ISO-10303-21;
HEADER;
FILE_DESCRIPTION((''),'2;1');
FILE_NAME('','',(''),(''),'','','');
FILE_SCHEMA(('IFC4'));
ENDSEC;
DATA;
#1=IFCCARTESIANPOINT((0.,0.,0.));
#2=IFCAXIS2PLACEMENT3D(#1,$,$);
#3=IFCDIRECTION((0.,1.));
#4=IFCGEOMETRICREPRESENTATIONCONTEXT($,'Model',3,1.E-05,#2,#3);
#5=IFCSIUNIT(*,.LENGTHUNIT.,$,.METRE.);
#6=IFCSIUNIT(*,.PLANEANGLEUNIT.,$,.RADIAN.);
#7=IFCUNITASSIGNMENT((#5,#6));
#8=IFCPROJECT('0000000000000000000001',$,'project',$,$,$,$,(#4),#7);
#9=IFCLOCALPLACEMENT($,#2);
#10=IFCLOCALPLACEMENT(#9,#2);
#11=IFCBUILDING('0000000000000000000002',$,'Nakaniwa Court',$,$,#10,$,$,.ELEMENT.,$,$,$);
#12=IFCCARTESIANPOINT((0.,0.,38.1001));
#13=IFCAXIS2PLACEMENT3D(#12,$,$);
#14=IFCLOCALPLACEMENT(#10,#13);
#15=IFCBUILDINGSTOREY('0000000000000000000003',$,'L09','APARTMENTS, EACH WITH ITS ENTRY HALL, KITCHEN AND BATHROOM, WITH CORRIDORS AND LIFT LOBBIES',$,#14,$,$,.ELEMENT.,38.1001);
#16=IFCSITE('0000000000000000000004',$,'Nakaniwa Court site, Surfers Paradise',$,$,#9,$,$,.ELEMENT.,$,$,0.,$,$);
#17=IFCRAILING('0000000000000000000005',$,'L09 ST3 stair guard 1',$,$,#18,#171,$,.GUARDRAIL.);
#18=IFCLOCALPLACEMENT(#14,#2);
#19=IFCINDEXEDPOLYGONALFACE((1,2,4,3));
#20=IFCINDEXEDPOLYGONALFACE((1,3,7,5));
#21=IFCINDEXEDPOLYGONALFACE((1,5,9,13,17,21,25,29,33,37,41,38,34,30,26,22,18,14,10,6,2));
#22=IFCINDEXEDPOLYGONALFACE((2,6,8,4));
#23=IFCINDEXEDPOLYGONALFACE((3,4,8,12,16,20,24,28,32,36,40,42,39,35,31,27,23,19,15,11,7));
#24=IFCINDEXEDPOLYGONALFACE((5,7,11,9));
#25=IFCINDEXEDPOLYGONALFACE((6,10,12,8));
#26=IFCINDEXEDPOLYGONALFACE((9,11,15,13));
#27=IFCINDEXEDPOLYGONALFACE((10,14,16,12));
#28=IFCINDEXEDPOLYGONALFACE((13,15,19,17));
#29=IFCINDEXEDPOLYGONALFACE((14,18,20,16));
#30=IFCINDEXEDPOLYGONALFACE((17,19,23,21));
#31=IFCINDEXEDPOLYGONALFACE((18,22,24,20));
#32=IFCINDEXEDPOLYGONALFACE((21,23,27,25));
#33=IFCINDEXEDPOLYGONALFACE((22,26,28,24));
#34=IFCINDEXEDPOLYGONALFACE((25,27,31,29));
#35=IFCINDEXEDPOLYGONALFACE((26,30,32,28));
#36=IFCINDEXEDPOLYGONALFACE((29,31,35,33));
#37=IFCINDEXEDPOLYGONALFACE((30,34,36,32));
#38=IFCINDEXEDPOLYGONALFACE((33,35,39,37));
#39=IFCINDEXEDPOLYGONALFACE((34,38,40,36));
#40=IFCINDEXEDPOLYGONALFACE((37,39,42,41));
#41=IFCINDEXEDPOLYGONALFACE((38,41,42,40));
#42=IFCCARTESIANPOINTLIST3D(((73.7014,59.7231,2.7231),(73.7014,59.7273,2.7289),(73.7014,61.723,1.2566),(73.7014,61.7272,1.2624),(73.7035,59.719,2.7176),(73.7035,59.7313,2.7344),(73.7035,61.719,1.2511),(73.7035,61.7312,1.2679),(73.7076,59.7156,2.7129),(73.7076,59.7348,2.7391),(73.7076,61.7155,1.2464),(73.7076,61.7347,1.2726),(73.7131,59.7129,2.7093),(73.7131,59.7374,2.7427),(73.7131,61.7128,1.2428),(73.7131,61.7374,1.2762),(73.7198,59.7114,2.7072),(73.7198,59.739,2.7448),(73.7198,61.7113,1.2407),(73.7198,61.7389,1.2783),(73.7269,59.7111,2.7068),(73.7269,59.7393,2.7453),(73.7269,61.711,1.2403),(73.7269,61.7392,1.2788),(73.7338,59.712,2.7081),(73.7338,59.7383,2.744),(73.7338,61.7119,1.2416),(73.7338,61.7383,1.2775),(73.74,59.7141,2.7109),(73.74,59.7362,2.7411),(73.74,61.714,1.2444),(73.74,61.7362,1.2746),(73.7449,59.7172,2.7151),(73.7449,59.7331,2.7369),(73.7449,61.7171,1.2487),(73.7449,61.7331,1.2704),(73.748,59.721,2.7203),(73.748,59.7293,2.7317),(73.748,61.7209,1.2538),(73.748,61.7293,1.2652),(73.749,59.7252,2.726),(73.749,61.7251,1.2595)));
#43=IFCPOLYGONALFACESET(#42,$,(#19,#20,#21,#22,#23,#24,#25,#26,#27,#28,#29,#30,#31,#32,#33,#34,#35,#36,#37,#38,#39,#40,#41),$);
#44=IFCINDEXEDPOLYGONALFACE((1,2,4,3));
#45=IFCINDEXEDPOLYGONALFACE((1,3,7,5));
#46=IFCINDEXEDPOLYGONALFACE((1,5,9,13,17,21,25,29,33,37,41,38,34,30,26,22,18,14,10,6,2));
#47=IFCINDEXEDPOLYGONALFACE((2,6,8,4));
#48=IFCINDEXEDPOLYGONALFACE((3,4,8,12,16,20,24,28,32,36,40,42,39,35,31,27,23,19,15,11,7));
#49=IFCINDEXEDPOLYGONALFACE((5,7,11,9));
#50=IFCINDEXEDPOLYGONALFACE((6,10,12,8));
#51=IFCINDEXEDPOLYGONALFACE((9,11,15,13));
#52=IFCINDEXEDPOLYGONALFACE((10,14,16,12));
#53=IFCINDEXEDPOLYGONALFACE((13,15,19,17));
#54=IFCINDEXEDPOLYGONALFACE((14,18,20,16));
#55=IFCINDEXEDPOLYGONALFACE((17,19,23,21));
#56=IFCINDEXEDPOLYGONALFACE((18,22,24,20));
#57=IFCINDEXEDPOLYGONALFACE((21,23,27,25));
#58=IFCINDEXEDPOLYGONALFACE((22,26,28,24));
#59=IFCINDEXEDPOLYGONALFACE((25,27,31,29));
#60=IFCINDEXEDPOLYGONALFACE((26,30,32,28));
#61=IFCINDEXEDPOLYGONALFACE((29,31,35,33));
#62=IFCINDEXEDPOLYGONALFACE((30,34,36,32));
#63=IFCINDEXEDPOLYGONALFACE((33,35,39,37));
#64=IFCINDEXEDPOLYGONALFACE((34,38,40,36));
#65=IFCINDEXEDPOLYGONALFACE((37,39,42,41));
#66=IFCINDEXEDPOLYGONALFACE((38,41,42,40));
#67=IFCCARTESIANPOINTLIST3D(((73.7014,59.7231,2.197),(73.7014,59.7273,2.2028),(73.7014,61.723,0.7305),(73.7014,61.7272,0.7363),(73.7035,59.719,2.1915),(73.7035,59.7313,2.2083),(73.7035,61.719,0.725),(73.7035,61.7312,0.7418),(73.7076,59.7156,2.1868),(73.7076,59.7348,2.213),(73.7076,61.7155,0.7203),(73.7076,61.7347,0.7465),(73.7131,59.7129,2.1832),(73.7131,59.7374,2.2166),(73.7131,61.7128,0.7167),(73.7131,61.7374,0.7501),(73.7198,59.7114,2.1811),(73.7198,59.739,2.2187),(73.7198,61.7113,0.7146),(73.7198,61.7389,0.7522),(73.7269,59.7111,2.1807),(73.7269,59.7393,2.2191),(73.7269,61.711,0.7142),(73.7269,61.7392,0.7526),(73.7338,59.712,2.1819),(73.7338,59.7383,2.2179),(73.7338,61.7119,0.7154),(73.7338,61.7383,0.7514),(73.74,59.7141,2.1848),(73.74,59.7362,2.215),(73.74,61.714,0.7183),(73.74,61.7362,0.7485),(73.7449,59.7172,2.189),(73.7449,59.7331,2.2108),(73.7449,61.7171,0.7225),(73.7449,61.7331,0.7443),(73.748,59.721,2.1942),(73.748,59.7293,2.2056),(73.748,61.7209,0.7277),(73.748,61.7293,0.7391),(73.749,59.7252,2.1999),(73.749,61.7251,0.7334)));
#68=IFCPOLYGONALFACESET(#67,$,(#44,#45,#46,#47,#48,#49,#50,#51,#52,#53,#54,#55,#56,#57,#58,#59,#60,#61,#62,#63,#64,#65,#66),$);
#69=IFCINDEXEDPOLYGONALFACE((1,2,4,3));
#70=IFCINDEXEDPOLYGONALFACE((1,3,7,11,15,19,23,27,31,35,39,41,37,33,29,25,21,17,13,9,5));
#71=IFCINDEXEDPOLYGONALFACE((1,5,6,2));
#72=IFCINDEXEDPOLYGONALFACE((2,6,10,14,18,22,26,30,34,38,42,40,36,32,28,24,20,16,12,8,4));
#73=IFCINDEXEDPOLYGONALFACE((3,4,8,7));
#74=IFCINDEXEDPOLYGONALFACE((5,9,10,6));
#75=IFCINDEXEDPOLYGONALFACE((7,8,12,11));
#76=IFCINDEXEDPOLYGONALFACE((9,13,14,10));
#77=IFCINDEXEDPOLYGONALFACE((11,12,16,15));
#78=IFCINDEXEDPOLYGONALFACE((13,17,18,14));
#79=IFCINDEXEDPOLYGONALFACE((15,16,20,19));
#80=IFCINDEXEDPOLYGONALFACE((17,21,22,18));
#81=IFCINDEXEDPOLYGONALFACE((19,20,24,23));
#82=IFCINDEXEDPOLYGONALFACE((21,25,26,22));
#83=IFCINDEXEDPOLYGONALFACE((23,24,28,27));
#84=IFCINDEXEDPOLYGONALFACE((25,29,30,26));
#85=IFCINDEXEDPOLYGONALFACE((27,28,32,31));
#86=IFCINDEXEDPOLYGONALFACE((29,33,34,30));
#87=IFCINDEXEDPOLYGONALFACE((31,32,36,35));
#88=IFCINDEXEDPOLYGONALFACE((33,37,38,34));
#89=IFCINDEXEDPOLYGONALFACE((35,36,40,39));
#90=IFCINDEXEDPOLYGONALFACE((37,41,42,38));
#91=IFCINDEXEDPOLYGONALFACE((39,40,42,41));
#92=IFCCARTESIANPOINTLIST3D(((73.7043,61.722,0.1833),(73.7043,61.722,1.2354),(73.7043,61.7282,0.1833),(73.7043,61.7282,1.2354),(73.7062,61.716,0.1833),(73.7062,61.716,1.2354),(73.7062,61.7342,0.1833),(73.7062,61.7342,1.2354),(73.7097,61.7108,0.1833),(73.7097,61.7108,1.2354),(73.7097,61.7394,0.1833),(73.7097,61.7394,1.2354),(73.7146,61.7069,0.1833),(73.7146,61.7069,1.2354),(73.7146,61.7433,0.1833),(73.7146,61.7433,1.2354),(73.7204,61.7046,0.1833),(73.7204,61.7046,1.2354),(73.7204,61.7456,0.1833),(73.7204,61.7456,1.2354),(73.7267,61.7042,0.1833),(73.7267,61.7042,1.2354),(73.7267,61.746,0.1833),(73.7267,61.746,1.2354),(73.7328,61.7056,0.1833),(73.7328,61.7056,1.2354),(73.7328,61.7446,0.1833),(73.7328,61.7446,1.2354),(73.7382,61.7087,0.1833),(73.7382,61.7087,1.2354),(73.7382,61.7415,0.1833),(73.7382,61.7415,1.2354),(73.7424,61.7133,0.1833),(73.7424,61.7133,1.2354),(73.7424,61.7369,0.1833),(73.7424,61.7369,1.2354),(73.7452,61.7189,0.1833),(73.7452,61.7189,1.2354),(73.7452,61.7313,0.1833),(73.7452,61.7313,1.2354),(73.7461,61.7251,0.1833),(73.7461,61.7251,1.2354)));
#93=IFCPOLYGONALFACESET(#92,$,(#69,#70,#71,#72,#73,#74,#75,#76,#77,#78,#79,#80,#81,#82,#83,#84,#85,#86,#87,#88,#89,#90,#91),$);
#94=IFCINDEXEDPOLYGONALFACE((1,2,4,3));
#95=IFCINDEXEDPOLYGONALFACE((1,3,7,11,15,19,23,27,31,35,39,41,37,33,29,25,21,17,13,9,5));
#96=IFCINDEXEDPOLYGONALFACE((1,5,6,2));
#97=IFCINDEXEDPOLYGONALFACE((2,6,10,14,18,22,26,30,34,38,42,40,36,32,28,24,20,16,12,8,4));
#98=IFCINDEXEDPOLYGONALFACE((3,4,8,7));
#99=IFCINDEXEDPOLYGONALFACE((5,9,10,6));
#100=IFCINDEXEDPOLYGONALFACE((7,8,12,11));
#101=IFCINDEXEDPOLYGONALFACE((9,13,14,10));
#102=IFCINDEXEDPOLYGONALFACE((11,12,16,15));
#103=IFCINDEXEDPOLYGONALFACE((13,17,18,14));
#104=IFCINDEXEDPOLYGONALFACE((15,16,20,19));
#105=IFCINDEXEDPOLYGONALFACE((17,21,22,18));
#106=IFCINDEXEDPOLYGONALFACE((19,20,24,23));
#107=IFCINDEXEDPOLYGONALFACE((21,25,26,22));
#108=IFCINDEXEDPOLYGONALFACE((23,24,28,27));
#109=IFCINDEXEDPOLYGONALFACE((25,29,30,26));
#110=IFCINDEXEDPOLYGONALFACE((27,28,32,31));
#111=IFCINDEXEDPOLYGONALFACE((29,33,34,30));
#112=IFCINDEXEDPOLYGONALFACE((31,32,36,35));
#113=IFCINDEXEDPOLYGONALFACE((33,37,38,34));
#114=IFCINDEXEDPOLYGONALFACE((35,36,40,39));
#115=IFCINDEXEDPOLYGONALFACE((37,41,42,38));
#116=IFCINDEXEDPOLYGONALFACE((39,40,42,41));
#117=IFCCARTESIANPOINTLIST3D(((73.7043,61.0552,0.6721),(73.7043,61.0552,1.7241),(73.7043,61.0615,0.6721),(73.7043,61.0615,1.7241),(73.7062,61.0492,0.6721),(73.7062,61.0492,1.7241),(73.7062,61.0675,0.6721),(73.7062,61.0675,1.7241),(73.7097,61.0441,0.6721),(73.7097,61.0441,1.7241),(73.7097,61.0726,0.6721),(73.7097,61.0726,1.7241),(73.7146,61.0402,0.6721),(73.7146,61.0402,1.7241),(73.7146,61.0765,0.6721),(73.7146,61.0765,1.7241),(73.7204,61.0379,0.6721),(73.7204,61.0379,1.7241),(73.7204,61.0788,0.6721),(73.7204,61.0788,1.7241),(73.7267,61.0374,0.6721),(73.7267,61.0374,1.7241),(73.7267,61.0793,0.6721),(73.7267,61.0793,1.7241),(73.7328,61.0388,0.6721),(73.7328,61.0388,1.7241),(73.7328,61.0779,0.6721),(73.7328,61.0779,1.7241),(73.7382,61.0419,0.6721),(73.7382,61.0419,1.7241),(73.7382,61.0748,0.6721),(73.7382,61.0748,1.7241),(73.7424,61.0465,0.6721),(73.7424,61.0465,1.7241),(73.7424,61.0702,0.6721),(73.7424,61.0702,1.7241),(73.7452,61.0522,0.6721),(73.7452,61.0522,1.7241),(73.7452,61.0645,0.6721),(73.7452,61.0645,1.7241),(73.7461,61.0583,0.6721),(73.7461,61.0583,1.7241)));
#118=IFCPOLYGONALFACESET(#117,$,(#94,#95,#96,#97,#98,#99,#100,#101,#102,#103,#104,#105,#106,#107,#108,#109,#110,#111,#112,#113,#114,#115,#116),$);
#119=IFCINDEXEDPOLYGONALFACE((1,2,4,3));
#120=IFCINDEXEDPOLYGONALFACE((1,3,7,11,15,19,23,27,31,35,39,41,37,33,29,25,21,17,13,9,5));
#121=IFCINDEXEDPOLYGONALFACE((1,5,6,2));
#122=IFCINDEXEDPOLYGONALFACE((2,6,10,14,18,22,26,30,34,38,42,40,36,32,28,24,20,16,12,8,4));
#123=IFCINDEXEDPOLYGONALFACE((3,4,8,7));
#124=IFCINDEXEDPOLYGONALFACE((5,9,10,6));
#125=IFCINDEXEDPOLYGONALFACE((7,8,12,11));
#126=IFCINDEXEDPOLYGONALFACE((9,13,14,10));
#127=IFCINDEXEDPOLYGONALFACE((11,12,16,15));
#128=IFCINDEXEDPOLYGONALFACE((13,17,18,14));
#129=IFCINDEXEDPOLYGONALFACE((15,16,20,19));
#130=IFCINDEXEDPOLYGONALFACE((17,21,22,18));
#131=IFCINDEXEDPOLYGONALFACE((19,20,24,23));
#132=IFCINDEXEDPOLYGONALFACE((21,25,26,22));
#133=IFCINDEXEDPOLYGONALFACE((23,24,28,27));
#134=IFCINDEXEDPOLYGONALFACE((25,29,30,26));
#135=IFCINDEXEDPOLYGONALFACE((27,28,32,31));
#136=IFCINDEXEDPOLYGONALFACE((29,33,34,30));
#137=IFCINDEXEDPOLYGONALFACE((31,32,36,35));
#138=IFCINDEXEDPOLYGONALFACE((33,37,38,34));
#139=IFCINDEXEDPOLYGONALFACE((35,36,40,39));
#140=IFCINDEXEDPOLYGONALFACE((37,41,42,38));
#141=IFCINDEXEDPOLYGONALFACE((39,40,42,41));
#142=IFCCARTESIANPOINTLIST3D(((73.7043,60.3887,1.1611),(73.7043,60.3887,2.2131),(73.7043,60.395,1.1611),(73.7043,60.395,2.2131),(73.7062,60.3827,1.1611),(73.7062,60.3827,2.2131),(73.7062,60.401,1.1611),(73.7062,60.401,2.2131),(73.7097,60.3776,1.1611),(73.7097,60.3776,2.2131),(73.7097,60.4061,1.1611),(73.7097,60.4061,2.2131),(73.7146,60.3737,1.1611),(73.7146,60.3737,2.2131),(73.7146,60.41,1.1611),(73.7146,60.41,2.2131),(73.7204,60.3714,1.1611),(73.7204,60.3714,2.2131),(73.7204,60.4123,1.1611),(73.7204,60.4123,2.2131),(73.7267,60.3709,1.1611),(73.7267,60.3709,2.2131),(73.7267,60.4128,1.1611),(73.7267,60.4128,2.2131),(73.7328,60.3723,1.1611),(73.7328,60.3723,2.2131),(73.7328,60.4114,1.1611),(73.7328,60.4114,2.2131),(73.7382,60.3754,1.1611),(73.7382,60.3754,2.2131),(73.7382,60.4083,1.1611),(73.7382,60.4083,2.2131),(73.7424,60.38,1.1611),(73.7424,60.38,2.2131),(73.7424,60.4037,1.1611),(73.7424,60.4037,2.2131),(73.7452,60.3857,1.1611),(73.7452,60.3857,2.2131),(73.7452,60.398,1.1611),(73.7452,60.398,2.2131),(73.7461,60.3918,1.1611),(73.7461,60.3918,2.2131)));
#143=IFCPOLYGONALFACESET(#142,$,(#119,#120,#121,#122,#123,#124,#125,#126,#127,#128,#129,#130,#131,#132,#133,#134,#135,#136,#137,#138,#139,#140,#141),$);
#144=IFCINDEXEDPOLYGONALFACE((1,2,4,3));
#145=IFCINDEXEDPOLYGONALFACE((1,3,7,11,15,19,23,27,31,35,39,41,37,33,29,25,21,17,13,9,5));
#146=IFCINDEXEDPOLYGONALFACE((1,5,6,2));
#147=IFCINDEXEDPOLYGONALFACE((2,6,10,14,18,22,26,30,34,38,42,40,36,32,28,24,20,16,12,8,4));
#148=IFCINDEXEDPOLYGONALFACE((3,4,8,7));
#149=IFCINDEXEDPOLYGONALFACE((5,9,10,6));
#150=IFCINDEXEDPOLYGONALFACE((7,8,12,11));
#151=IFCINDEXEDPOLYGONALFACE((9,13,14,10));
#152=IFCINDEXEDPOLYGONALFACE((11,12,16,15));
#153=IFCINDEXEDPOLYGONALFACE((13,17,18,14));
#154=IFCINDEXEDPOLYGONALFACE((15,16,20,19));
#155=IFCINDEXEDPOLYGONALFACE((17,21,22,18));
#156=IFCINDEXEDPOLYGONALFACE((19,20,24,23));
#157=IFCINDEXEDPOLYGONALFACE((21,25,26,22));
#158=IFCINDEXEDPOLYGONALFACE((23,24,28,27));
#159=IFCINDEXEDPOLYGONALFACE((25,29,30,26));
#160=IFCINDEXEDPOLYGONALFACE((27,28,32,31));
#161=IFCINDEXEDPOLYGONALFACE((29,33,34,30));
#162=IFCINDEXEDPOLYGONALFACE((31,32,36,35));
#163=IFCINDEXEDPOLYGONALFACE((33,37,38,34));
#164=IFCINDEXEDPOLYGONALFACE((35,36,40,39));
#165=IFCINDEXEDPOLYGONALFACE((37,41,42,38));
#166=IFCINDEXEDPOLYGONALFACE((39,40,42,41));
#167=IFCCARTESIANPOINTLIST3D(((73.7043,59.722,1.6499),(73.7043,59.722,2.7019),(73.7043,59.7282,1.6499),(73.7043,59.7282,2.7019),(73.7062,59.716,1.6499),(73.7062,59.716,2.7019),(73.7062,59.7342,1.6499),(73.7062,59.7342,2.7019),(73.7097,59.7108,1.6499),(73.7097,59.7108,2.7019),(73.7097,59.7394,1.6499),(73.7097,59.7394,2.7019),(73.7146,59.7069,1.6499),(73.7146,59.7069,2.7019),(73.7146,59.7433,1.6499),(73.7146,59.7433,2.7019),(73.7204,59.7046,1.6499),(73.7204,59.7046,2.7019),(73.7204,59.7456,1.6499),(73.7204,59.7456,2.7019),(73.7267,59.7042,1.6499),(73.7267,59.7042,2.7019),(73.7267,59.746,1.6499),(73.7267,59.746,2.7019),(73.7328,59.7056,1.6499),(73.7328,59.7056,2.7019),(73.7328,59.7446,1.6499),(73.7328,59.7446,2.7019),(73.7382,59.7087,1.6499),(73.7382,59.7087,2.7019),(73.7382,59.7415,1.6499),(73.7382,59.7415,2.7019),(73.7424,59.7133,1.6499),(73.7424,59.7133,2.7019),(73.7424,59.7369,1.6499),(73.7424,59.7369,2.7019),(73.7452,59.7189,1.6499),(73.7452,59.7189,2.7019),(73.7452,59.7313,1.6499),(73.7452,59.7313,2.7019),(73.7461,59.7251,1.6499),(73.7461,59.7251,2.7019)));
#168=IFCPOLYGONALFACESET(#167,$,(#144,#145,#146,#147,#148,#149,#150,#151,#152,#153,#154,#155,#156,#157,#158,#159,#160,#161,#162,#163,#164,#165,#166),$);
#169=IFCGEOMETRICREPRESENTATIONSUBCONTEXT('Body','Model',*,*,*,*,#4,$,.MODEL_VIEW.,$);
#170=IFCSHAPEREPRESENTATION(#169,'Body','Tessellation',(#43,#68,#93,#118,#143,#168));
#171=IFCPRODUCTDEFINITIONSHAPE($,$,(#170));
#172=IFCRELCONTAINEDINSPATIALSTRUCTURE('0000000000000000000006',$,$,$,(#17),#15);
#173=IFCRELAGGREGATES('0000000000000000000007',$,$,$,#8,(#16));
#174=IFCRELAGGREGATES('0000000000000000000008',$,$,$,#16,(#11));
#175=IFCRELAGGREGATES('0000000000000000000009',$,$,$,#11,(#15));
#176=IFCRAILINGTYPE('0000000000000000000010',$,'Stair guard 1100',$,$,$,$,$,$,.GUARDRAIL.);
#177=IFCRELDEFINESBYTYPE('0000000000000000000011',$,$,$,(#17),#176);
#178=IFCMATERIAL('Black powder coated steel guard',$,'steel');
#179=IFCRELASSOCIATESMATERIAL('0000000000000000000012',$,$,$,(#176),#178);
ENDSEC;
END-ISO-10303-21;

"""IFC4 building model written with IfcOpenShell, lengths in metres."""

from ifc_helpers import new_model, si_unit, direction, frame, origin, origin_2d, place, context, subcontext, project, spatial, circle, extrude, material, type_object, element, save


model = new_model("IFC4")

# Units and contexts
model_context = context("Model", 3, precision=1e-05, world=origin(), true_north=direction((0.0, 1.0)))
body_context = subcontext(model_context, "Body", "Model", "MODEL_VIEW")
ifc_project = project(units=[si_unit("LENGTHUNIT", "METRE"), si_unit("PLANEANGLEUNIT", "RADIAN")], contexts=[model_context])

# Site, building, storey
site_placement = place(None, origin())
site = spatial("IfcSite", under=ifc_project, at=site_placement, Name="Nakaniwa Court site, Surfers Paradise", CompositionType="ELEMENT", RefElevation=0.0)
building_placement = place(site_placement, origin())
building = spatial("IfcBuilding", under=site, at=building_placement, Name="Nakaniwa Court", CompositionType="ELEMENT")
storey_placement = place(building_placement, frame((0.0, 0.0, 38.1001)))
storey = spatial("IfcBuildingStorey", under=building, at=storey_placement, Name="L09", Description="APARTMENTS, EACH WITH ITS ENTRY HALL, KITCHEN AND BATHROOM, WITH CORRIDORS AND LIFT LOBBIES", CompositionType="ELEMENT", Elevation=38.1001)

# Railing
ifc_material_1 = material(Name="Black powder coated steel guard", Category="steel")
railing_type = type_object("IfcRailingType", Name="Stair guard 1100", PredefinedType="GUARDRAIL", material=ifc_material_1)
railing_1_placement = place(storey_placement, frame((73.7251, 61.7251, 0.1833)))
element("IfcRailing", 1, at=railing_1_placement, inside=storey, type_object=railing_type, Name="L09 ST3 stair guard 1", PredefinedType="GUARDRAIL", context=body_context, shape_type="SweptSolid", body=[
    extrude(circle(Radius=0.0239, at=origin_2d()), frame((0.0, 0.0, 1.0762), z_axis=(0.0, -0.806427, 0.591334), x_axis=(1.0, 0.0, 0.0)), (0.0, 0.0, 1.0), 2.48),
    extrude(circle(Radius=0.0239, at=origin_2d()), frame((0.0, 0.0, 0.55), z_axis=(0.0, -0.806427, 0.591334), x_axis=(1.0, 0.0, 0.0)), (0.0, 0.0, 1.0), 2.48),
    extrude(circle(Radius=0.021, at=origin_2d()), origin(), (0.0, 0.0, 1.0), 1.052),
    extrude(circle(Radius=0.021, at=origin_2d()), frame((0.0, -0.6667, 0.4888)), (0.0, 0.0, 1.0), 1.052),
    extrude(circle(Radius=0.021, at=origin_2d()), frame((0.0, -1.3333, 0.9778)), (0.0, 0.0, 1.0), 1.052),
    extrude(circle(Radius=0.021, at=origin_2d()), frame((0.0, -2.0, 1.4666)), (0.0, 0.0, 1.0), 1.052),
])

save(model, "model.ifc")
